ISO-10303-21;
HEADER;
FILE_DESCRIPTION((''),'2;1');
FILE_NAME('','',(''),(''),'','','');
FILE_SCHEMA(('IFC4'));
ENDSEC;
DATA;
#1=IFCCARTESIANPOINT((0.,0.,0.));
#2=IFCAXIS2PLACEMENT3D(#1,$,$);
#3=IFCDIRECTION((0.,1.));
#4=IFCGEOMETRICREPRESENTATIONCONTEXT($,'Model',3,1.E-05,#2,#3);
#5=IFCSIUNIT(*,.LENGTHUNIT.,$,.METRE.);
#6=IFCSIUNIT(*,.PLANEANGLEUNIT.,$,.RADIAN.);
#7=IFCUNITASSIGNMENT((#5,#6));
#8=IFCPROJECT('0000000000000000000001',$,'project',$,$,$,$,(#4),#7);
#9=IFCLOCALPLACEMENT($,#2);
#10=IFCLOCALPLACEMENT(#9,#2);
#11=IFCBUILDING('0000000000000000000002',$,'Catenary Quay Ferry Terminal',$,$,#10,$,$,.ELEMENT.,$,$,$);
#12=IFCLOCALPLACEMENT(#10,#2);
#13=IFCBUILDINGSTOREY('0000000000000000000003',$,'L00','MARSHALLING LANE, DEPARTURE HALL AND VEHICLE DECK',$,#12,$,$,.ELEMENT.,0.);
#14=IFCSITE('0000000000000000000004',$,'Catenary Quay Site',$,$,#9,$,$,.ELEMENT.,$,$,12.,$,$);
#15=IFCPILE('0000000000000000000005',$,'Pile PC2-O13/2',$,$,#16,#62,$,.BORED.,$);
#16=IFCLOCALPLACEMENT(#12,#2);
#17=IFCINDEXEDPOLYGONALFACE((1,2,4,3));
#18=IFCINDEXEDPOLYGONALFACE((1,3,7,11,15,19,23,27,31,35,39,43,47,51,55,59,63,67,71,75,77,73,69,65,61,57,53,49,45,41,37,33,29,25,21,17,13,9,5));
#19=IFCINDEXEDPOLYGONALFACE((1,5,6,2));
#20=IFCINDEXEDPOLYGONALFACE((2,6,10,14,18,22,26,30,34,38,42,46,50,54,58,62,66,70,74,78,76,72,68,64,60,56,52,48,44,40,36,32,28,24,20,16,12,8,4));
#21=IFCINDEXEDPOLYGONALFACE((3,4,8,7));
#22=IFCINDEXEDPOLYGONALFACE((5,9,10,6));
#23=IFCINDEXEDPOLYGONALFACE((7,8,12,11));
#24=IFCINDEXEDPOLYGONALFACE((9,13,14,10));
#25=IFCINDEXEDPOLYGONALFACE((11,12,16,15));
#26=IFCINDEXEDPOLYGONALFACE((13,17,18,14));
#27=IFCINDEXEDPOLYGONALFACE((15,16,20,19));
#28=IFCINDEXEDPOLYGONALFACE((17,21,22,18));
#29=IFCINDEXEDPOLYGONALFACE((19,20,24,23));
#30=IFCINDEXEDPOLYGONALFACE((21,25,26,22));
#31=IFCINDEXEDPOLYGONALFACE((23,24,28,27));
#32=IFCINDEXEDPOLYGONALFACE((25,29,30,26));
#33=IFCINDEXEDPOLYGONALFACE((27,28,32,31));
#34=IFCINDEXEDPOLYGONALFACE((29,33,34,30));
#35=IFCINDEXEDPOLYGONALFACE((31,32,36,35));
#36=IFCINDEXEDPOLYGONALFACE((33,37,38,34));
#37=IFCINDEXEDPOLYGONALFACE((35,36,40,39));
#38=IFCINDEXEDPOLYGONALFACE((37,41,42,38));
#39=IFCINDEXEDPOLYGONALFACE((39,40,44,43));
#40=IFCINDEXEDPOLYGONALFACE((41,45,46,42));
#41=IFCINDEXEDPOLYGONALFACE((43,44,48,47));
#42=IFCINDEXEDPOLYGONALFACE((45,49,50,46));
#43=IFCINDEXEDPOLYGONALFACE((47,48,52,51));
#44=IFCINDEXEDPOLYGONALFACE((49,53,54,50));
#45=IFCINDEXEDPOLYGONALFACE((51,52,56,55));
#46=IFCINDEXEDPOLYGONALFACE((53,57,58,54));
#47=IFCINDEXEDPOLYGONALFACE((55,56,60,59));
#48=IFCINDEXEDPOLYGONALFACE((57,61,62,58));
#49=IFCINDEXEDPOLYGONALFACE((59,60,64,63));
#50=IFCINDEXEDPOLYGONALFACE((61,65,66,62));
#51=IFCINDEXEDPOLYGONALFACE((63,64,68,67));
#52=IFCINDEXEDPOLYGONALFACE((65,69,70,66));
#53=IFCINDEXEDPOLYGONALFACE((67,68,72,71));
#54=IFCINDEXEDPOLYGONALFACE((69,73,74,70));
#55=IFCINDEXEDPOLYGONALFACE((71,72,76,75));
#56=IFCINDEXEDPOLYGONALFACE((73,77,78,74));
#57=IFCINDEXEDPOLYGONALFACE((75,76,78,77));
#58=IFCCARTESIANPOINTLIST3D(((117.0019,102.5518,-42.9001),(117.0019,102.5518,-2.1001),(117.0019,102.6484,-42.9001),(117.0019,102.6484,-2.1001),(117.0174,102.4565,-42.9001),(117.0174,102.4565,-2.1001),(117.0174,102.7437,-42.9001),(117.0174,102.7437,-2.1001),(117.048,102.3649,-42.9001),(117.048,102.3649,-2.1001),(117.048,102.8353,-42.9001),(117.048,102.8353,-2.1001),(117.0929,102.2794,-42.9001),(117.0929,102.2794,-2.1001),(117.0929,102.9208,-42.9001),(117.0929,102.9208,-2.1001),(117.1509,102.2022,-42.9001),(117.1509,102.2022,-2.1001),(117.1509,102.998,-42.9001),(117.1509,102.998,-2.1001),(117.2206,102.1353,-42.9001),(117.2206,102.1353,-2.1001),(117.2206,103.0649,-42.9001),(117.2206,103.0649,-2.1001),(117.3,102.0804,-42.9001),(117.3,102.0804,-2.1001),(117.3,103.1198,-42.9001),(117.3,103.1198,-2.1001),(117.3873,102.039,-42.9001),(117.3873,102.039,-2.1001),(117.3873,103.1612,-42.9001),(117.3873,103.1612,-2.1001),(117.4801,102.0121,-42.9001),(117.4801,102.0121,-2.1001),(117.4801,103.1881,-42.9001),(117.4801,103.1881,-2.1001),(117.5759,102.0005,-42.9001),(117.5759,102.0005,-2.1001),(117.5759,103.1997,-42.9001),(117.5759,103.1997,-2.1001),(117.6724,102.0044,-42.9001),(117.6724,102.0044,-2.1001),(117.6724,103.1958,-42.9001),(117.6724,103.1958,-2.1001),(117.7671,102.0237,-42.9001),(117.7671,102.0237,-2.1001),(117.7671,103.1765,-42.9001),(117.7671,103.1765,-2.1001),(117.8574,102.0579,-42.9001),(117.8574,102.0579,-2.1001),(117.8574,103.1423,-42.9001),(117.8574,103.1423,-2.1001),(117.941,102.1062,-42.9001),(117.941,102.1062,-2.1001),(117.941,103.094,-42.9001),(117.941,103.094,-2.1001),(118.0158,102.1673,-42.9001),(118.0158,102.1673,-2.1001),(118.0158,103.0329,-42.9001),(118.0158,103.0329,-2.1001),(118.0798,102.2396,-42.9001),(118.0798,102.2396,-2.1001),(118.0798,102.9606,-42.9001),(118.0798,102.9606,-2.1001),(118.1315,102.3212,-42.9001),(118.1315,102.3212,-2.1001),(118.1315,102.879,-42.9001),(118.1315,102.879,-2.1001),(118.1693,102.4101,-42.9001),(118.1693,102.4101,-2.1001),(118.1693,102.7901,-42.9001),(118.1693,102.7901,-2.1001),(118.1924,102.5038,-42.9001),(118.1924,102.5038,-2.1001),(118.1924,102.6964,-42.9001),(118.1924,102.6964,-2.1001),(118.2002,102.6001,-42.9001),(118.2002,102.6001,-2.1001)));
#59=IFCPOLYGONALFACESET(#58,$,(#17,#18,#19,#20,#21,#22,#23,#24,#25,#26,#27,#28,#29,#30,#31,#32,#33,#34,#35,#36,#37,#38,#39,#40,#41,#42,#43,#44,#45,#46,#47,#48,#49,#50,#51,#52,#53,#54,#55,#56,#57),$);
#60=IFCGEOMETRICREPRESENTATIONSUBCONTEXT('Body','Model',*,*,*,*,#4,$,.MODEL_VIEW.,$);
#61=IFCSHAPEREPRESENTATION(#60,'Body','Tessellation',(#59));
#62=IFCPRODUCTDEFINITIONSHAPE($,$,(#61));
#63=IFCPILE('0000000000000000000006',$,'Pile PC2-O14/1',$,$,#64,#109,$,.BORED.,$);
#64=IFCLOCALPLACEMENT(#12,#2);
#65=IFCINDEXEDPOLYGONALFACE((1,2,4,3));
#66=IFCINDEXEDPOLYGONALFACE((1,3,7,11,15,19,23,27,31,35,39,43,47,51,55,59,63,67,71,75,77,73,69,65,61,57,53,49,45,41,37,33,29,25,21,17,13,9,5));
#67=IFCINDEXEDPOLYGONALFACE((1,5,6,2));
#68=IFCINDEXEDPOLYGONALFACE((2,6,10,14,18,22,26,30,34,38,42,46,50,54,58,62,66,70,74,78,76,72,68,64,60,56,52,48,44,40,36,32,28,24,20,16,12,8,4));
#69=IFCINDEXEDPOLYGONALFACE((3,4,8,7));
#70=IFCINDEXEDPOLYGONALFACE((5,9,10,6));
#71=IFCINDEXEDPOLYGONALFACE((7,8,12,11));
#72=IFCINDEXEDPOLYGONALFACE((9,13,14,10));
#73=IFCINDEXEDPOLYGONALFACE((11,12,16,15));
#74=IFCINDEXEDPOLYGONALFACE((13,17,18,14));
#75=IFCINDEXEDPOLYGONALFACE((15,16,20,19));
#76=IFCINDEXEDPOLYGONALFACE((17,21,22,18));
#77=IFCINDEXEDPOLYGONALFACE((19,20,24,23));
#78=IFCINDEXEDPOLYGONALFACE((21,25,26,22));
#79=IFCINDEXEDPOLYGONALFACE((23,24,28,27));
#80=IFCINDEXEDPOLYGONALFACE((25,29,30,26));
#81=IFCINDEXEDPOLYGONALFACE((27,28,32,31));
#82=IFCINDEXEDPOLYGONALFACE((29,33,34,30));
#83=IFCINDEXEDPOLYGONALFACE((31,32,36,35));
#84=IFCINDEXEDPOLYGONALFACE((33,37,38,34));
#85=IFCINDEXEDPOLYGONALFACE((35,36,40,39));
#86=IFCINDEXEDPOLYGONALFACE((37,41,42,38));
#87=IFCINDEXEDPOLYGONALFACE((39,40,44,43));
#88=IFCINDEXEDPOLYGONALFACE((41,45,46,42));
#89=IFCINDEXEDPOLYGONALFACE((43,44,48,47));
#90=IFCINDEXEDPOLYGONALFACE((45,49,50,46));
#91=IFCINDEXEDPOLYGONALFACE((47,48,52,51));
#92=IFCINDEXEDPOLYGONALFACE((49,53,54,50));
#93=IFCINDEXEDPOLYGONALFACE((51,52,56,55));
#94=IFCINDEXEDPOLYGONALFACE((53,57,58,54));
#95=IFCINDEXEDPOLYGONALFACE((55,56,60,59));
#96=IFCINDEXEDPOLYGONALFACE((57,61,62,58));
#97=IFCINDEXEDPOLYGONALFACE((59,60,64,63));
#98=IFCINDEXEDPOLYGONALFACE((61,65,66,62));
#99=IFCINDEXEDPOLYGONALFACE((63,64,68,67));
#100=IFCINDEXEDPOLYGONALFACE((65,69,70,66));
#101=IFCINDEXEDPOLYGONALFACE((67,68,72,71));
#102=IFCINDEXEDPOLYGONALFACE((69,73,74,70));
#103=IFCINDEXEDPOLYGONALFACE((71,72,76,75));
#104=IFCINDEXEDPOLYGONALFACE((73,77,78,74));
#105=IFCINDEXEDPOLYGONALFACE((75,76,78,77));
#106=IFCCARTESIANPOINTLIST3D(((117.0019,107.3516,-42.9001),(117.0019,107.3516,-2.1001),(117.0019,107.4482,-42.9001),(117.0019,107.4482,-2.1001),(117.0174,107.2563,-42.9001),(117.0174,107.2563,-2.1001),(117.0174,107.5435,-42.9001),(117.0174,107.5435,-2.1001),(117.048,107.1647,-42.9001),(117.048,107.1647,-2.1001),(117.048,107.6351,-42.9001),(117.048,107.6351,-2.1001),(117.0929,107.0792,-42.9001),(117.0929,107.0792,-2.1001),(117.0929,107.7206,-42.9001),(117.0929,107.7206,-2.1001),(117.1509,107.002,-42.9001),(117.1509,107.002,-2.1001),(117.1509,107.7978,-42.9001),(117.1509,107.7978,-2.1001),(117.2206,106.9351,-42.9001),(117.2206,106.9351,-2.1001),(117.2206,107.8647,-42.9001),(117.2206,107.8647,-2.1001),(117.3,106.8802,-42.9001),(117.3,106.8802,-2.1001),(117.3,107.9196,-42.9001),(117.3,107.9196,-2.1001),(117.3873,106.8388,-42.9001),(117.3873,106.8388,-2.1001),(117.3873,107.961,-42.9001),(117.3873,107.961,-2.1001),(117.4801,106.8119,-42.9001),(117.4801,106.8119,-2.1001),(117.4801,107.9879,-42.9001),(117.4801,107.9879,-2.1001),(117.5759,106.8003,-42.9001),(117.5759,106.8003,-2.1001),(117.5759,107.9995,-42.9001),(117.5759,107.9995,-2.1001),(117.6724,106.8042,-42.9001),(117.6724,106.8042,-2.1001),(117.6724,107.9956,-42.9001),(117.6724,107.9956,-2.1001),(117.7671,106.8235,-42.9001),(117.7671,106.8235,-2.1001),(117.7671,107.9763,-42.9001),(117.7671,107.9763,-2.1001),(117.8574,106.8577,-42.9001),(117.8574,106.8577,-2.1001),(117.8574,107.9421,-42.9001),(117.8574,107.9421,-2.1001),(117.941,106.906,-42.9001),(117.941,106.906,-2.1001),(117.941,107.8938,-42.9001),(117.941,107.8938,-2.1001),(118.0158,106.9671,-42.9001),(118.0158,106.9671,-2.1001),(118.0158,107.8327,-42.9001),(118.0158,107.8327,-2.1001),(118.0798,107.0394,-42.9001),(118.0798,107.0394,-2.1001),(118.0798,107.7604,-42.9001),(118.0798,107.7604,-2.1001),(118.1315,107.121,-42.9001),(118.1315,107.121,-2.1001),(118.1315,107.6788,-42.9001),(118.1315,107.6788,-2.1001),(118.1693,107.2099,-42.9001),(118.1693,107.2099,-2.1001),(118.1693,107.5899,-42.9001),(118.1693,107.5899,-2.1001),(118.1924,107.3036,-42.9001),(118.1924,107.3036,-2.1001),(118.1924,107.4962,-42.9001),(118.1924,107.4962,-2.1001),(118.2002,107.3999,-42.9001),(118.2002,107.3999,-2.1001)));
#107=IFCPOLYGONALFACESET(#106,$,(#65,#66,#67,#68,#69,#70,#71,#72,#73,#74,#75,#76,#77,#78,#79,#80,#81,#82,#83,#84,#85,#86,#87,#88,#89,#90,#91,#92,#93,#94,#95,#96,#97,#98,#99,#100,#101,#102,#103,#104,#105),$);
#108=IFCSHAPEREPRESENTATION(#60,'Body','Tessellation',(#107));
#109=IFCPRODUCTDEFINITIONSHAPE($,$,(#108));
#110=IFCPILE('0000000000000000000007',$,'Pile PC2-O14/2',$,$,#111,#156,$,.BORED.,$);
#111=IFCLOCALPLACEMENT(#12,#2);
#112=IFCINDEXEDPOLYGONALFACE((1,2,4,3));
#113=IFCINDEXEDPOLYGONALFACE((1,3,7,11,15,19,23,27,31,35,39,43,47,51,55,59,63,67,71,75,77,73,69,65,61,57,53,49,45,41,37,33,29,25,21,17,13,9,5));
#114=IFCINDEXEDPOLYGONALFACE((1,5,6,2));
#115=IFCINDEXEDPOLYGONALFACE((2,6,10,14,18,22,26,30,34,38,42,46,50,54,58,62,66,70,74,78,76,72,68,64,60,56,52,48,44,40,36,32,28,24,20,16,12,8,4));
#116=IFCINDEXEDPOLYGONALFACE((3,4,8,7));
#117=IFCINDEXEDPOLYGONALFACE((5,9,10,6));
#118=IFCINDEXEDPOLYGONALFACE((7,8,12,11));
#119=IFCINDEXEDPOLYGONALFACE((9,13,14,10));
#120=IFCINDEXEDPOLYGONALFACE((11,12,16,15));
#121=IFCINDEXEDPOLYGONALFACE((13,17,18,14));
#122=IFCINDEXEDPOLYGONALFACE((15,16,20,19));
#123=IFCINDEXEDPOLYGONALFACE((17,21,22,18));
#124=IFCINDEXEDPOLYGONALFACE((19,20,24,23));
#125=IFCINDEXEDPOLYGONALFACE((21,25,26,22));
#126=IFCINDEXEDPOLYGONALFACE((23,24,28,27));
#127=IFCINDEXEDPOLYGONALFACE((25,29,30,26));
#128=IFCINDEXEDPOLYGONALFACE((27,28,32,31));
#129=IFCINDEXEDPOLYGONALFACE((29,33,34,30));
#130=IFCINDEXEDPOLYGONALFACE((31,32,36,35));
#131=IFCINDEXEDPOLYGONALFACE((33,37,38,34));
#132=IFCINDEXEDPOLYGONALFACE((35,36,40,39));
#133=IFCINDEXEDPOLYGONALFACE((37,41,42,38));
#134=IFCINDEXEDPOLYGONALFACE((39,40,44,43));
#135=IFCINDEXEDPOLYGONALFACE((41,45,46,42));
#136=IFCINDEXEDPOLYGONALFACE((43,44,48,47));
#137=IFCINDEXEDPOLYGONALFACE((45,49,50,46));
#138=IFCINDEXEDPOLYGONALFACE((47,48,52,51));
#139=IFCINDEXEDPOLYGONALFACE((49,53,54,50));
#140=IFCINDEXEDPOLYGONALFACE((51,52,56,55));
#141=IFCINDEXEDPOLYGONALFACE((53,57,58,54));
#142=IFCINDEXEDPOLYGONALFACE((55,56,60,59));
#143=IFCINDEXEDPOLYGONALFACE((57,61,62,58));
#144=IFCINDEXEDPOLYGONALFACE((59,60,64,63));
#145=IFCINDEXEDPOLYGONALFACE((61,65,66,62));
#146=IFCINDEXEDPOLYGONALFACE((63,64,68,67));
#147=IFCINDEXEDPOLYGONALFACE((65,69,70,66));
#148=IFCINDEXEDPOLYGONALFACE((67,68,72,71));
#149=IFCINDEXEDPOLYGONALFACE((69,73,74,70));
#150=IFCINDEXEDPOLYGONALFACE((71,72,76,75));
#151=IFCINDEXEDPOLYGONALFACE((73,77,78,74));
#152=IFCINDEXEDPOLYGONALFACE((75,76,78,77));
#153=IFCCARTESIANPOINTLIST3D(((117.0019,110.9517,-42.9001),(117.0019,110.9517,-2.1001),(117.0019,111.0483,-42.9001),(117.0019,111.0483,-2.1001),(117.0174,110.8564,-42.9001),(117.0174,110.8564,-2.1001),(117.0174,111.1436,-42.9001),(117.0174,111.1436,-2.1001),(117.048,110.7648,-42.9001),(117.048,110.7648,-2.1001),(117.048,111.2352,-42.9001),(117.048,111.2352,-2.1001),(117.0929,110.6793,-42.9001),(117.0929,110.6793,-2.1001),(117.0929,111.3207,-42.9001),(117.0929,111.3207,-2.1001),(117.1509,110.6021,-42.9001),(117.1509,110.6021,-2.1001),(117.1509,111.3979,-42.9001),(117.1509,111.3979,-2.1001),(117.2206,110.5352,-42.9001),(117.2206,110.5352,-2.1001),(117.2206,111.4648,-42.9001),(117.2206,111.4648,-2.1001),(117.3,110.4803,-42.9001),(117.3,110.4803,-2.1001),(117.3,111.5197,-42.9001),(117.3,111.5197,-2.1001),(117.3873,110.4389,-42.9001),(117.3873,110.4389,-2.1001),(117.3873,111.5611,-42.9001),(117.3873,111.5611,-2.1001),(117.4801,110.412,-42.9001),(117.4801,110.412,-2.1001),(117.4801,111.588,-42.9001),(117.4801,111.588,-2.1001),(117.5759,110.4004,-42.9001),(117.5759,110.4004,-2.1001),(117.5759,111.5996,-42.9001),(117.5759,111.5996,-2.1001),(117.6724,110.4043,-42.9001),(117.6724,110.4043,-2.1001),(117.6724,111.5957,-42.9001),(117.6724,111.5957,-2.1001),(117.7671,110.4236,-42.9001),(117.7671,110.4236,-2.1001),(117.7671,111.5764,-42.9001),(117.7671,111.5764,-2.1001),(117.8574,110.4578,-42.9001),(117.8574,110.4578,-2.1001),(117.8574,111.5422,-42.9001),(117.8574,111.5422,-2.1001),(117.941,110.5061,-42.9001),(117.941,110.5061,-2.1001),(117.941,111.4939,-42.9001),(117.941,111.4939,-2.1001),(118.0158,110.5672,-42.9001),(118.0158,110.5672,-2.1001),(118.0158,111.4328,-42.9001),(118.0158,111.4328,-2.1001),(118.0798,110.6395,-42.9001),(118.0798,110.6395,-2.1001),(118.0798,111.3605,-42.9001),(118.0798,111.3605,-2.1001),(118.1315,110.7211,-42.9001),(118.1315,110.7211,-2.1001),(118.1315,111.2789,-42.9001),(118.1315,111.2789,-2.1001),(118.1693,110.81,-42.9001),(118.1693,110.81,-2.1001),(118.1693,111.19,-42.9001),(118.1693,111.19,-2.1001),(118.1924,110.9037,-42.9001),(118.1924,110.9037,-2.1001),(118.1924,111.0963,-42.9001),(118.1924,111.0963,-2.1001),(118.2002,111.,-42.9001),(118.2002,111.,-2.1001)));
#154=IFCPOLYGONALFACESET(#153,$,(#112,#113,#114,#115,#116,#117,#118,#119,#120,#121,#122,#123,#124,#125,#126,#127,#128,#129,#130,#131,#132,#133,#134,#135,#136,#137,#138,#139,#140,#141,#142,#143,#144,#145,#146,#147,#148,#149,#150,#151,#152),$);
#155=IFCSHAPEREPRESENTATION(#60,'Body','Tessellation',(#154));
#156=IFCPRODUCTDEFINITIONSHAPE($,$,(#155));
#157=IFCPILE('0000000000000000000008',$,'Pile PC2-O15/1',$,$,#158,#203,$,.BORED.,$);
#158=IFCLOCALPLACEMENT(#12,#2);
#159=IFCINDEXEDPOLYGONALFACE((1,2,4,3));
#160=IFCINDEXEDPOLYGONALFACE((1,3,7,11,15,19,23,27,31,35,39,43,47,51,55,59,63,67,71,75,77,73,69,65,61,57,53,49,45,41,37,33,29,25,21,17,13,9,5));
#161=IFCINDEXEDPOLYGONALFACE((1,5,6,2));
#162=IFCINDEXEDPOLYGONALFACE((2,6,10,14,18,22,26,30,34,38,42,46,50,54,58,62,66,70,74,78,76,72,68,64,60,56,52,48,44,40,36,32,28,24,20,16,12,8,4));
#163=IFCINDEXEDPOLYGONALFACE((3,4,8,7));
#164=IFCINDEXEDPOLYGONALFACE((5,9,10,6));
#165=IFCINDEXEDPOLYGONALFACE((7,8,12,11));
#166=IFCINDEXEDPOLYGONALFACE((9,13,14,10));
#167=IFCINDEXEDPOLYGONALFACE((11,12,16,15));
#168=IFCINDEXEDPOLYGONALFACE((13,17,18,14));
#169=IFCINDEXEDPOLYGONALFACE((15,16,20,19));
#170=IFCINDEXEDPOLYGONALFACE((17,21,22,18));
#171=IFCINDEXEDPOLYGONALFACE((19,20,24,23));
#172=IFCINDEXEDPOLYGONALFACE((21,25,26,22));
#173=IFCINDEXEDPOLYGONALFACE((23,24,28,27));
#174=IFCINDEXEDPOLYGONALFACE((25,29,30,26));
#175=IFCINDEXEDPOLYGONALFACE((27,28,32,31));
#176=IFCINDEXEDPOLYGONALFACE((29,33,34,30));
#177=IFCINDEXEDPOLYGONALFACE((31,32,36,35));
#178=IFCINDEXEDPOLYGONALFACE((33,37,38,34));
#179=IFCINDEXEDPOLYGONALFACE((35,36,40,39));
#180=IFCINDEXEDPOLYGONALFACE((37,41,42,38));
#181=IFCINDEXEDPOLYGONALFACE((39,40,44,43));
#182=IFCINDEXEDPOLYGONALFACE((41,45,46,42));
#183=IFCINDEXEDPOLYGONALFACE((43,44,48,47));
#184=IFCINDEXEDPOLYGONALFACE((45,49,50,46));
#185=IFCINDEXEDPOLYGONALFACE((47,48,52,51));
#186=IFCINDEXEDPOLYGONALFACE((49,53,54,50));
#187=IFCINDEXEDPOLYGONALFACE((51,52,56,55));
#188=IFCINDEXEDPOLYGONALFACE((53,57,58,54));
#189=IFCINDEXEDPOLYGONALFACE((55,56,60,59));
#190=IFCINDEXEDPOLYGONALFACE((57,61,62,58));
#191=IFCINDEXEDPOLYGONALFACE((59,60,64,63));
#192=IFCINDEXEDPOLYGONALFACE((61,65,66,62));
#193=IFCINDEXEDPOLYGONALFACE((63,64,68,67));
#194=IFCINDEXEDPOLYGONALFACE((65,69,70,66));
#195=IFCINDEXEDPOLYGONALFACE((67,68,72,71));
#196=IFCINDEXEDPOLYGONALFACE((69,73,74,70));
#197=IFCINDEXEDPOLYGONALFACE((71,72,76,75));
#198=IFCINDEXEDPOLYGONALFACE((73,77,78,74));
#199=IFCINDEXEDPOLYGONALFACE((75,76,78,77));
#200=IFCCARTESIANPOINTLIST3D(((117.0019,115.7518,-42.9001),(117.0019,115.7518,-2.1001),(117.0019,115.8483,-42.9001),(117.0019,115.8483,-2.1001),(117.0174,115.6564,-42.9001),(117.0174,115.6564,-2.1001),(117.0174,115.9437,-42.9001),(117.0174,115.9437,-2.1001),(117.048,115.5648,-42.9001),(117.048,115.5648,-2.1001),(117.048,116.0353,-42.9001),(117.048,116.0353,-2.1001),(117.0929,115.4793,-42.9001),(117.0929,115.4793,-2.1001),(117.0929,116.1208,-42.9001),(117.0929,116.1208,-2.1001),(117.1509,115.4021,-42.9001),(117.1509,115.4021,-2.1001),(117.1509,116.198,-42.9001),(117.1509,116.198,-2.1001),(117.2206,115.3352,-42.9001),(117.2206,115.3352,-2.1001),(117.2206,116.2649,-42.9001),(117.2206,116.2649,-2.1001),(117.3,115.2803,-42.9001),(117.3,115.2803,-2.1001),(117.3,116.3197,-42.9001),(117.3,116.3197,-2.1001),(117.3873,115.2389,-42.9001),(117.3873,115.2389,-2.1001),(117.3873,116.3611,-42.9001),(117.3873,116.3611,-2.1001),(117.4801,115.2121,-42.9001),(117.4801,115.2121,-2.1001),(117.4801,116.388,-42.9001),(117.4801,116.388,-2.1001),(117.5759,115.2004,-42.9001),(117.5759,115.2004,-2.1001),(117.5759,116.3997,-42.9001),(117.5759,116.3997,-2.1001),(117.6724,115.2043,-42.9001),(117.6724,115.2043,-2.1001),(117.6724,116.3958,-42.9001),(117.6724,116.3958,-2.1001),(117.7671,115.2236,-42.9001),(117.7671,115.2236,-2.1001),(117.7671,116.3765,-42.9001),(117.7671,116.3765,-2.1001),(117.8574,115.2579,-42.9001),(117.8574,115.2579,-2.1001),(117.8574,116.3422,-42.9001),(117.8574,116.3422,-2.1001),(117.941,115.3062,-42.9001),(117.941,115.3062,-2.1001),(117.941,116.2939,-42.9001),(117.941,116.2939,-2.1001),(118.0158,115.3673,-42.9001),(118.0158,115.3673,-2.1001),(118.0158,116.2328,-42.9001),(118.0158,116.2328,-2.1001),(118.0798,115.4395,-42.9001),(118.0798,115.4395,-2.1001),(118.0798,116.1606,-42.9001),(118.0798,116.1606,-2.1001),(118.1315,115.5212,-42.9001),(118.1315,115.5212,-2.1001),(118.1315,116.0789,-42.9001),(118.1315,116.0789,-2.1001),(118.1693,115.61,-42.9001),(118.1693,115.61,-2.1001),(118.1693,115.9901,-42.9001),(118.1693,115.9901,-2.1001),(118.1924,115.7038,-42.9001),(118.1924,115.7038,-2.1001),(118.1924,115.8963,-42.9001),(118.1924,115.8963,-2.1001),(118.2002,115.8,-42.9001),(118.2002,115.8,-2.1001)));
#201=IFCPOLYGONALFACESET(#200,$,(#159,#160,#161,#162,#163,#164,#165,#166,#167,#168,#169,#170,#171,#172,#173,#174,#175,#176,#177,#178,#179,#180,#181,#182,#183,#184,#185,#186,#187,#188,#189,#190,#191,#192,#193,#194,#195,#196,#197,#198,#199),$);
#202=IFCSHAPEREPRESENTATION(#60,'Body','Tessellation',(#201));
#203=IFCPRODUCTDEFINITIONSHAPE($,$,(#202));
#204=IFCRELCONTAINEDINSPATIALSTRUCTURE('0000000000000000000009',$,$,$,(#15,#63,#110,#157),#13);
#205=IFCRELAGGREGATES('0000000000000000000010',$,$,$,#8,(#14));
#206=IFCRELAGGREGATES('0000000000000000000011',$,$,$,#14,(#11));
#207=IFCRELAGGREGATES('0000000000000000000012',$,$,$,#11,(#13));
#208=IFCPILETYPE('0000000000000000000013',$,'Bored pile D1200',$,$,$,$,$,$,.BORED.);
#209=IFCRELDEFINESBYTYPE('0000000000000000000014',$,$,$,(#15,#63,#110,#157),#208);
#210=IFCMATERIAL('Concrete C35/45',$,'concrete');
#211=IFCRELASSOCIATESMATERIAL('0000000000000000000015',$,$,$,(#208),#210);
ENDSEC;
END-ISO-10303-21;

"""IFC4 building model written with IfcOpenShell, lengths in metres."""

from ifc_helpers import new_model, si_unit, direction, frame, origin, origin_2d, place, context, subcontext, project, spatial, circle, extrude, material, material_profile, profile_set, type_object, element, save


model = new_model("IFC4")

# Units and contexts
model_context = context("Model", 3, precision=1e-05, world=origin(), true_north=direction((0.0, 1.0)))
body_context = subcontext(model_context, "Body", "Model", "MODEL_VIEW")
ifc_project = project(units=[si_unit("LENGTHUNIT", "METRE"), si_unit("PLANEANGLEUNIT", "RADIAN")], contexts=[model_context])

# Site, building, storey
site_placement = place(None, origin())
site = spatial("IfcSite", under=ifc_project, at=site_placement, Name="Catenary Quay Site", CompositionType="ELEMENT", RefElevation=12.0)
building_placement = place(site_placement, origin())
building = spatial("IfcBuilding", under=site, at=building_placement, Name="Catenary Quay Ferry Terminal", CompositionType="ELEMENT")
storey_placement = place(building_placement, origin())
storey = spatial("IfcBuildingStorey", under=building, at=storey_placement, Name="L00", Description="MARSHALLING LANE, DEPARTURE HALL AND VEHICLE DECK", CompositionType="ELEMENT", Elevation=0.0)

# Piles
ifc_material_1 = material(Name="Concrete C35/45", Category="concrete")
ifc_material_profile = material_profile(ifc_material_1, circle(Radius=0.6001, at=origin_2d()), Name="D1200")
ifc_profile_set = profile_set([ifc_material_profile], Name="Concrete C35/45")
pile_type = type_object("IfcPileType", Name="Bored pile D1200", PredefinedType="BORED", material=ifc_profile_set)
for number, where, z_axis, x_axis, name in (
    (1, (117.6001, 102.6001, -2.1001), (0.0, 0.0, -1.0), (1.0, 0.0, 0.0), "Pile PC2-O13/2"),
    (2, (117.6001, 107.3999, -2.1001), (0.0, 0.0, -1.0), (1.0, 0.0, 0.0), "Pile PC2-O14/1"),
    (3, (117.6001, 111.0, -2.1001), (0.0, 0.0, -1.0), (1.0, 0.0, 0.0), "Pile PC2-O14/2"),
    (4, (117.6001, 115.8, -2.1001), (0.0, 0.0, -1.0), (1.0, 0.0, 0.0), "Pile PC2-O15/1"),
):
    element("IfcPile", number, at=place(storey_placement, frame(where, z_axis=z_axis, x_axis=x_axis)), inside=storey, type_object=pile_type, Name=name, PredefinedType="BORED", context=body_context, shape_type="SweptSolid", body=[
        extrude(circle(Radius=0.6001, at=origin_2d()), origin(), (0.0, 0.0, 1.0), 40.8),
    ])

save(model, "model.ifc")
